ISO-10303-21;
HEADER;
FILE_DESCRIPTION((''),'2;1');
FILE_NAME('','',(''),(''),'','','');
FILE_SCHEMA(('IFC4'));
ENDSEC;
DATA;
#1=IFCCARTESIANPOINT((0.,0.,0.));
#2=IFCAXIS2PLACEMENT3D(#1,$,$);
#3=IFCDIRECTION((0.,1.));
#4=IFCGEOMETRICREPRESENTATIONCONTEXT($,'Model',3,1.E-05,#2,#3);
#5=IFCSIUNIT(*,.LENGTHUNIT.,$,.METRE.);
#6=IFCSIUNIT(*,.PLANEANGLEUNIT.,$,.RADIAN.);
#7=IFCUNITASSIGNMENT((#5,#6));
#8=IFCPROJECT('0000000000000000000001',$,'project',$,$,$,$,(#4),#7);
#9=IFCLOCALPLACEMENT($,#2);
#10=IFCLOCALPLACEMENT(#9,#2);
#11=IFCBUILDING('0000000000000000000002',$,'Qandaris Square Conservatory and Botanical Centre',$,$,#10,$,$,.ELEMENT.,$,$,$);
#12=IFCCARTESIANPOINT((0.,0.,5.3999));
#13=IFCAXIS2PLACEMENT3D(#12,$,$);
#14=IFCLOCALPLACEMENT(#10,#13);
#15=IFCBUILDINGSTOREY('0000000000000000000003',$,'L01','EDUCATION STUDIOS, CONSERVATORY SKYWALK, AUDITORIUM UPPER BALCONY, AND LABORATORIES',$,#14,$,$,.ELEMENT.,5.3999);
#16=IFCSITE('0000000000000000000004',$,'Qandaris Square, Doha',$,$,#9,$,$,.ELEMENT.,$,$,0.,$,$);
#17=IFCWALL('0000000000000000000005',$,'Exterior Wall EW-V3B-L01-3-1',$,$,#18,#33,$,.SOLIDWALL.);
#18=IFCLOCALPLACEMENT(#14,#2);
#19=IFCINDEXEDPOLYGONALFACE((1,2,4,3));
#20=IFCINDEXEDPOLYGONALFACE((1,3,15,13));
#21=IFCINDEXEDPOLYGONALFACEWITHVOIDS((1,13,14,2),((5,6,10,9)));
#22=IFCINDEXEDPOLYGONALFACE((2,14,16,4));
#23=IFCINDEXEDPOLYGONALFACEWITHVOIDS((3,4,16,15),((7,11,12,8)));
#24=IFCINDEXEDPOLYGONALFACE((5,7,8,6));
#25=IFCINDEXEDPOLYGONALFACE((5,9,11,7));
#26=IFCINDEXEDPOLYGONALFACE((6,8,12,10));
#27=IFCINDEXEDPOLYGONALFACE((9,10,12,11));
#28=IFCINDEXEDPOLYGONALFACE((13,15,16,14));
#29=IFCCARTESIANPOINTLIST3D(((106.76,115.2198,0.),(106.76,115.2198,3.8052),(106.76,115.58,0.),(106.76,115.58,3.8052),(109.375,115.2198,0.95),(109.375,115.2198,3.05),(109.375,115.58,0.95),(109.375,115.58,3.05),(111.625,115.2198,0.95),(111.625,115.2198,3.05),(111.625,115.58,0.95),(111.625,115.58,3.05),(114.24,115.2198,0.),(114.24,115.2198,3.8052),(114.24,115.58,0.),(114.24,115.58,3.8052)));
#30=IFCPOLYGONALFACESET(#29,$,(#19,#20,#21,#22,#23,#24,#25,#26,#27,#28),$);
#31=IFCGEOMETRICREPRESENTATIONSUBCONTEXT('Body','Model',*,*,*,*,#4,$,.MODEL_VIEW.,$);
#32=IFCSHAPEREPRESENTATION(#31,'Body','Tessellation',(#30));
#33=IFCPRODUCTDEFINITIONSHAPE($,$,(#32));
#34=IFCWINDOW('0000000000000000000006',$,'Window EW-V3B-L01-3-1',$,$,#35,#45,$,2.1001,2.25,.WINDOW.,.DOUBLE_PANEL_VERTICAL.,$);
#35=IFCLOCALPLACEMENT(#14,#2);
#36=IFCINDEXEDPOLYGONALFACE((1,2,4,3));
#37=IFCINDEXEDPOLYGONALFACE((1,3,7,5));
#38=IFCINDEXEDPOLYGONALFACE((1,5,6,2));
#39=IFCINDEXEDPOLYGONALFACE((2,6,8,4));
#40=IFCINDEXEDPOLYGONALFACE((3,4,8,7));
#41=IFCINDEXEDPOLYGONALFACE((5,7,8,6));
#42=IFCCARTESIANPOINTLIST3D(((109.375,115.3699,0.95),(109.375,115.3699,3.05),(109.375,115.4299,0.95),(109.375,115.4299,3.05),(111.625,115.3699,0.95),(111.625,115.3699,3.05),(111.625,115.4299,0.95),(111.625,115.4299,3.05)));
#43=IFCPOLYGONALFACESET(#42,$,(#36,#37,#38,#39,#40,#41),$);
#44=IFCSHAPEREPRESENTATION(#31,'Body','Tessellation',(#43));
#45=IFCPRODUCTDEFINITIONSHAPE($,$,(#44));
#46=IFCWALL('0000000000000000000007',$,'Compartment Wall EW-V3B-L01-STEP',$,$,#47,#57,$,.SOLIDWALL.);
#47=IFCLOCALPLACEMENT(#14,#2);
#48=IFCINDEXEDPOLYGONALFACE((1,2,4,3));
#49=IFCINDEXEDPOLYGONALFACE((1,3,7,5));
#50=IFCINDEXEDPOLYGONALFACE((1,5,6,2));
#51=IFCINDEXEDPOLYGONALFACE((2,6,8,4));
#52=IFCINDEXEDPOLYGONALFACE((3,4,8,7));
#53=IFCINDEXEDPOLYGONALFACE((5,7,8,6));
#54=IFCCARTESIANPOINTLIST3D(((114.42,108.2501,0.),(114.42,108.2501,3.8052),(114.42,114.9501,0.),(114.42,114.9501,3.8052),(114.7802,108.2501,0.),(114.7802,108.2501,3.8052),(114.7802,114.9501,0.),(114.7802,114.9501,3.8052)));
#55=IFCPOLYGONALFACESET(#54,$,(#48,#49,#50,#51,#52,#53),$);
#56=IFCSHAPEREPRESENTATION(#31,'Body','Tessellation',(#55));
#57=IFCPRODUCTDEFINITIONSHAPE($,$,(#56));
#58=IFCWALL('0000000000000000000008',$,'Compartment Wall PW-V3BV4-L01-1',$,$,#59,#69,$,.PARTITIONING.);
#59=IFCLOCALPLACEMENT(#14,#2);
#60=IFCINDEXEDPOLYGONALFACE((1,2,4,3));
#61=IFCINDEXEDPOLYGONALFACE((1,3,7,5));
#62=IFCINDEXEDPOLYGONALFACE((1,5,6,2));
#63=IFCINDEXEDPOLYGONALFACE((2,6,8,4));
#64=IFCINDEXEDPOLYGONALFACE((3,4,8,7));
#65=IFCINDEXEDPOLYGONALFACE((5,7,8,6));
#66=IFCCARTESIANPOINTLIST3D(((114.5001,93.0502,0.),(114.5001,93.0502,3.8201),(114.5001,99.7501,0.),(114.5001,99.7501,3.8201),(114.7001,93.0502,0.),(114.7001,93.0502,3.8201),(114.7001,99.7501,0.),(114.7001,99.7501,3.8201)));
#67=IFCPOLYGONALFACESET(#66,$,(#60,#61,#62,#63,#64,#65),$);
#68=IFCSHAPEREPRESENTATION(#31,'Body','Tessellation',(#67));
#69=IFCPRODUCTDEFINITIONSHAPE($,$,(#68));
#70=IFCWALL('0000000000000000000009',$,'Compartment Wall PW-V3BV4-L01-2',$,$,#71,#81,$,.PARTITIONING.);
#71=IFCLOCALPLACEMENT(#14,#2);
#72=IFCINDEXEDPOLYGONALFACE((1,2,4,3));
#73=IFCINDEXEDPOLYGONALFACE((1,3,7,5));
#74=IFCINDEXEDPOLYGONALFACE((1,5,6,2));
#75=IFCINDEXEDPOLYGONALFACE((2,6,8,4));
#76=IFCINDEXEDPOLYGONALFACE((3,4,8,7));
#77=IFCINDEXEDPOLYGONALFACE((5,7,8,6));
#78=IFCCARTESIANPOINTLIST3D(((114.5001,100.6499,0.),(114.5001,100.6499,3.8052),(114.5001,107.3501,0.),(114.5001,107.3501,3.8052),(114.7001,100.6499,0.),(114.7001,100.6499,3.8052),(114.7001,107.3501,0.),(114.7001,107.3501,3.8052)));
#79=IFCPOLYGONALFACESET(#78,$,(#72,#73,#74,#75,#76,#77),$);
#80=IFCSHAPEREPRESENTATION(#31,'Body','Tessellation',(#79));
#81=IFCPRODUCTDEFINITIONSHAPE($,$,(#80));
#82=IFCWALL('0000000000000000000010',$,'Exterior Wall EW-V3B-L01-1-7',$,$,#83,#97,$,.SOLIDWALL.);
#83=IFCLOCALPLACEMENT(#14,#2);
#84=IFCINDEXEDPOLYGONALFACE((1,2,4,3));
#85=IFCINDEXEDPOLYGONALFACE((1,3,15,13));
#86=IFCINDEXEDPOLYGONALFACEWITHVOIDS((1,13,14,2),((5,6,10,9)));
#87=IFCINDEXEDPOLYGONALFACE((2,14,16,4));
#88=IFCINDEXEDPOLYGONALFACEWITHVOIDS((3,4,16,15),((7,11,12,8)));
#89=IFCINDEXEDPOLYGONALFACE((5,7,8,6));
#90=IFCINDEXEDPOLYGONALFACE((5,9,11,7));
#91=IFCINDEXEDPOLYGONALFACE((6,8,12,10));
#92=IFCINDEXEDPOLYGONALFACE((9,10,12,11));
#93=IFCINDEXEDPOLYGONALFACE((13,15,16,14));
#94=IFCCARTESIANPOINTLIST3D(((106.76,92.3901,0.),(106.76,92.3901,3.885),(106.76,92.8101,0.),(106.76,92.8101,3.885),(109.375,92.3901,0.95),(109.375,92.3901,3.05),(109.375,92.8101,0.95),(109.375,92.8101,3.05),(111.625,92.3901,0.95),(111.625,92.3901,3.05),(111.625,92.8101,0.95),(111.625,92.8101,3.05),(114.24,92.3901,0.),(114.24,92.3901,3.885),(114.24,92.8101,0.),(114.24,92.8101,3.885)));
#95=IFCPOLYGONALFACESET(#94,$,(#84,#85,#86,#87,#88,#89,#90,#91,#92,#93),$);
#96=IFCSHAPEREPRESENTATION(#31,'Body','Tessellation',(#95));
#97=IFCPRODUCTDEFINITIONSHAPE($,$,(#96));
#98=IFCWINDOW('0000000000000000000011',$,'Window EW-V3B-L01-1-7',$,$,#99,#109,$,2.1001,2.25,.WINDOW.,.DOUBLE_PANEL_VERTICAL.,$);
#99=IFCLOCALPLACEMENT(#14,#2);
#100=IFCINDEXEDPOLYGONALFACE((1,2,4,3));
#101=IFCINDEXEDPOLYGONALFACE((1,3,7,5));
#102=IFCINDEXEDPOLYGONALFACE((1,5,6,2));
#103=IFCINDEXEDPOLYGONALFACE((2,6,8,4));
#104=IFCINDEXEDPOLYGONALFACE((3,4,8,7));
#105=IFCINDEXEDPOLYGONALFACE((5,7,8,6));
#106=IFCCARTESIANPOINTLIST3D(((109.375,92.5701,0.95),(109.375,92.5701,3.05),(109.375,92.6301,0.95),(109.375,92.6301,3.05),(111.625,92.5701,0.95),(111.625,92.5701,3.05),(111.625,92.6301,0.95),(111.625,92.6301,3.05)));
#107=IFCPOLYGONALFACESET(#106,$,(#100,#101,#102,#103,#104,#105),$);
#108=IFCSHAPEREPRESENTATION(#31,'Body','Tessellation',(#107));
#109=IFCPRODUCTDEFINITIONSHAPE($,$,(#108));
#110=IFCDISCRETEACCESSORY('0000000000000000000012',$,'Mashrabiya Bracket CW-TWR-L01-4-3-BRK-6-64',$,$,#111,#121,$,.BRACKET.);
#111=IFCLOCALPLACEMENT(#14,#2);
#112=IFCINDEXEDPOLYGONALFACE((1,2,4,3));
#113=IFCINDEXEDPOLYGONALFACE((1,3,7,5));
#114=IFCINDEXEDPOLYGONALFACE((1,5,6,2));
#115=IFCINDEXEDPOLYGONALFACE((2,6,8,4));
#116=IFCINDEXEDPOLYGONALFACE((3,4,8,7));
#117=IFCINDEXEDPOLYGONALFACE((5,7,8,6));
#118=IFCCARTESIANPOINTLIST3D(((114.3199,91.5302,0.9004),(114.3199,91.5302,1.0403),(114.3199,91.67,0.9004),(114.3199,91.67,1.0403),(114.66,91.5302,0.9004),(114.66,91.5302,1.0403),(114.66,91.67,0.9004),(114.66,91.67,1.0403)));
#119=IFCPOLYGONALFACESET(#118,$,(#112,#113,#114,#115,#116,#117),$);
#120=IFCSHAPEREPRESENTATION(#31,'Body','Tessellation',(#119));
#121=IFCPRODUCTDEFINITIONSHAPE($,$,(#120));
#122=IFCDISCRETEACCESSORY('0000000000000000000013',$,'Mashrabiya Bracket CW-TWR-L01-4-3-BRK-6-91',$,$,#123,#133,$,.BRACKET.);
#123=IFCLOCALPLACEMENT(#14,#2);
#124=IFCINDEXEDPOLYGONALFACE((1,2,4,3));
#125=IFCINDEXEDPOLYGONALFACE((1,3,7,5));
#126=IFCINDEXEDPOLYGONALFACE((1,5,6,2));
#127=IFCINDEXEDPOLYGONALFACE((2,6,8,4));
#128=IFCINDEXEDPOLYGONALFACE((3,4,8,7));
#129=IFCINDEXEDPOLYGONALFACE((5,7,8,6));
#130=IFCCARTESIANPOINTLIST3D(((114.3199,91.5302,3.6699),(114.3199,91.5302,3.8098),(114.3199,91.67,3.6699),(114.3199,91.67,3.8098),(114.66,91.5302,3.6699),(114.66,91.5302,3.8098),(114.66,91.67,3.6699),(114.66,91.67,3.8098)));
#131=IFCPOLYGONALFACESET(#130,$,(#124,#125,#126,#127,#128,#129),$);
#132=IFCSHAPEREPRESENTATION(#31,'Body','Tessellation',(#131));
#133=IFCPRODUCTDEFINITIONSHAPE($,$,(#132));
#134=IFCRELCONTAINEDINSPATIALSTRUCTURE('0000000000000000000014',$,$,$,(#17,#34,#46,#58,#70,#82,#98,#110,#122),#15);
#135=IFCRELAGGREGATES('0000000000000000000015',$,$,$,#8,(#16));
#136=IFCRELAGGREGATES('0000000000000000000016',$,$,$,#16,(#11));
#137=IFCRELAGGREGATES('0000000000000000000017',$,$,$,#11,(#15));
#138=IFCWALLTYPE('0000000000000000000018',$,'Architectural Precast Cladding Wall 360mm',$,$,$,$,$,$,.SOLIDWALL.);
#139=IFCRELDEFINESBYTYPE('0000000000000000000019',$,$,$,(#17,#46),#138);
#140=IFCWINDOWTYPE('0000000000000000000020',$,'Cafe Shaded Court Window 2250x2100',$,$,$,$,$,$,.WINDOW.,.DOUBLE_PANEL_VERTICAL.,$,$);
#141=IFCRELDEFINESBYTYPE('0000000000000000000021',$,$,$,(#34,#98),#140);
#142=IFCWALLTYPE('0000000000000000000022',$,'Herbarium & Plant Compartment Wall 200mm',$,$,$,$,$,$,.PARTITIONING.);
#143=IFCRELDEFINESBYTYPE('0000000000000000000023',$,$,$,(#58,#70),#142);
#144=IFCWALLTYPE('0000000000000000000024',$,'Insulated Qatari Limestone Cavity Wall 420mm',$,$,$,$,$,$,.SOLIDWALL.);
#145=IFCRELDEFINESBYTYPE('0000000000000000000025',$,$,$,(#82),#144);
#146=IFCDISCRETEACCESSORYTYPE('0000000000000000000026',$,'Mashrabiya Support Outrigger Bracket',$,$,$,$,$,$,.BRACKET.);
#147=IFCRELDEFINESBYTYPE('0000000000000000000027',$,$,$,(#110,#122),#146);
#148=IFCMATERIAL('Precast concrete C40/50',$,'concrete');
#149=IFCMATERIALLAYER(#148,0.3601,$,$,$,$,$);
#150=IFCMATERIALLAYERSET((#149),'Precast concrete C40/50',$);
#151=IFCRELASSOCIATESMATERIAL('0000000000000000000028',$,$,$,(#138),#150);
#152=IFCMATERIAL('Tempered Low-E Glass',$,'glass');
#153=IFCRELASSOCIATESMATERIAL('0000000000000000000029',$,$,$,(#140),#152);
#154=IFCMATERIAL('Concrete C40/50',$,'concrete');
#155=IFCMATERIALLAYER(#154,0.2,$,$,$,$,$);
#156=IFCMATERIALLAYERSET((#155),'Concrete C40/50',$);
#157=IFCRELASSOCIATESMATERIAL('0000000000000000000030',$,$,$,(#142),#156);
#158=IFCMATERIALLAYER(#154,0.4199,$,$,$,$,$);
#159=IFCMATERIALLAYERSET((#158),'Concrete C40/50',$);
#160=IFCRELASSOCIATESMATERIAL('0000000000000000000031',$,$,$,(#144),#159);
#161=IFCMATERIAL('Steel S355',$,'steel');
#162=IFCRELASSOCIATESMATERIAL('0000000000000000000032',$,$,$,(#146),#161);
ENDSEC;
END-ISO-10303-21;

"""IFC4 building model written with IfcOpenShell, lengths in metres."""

from ifc_helpers import new_model, si_unit, direction, frame, frame_2d, origin, origin_2d, place, context, subcontext, project, spatial, rectangle, extrude, material, layer, layer_set, type_object, element, fill, save


model = new_model("IFC4")

# Units and contexts
model_context = context("Model", 3, precision=1e-05, world=origin(), true_north=direction((0.0, 1.0)))
body_context = subcontext(model_context, "Body", "Model", "MODEL_VIEW")
ifc_project = project(units=[si_unit("LENGTHUNIT", "METRE"), si_unit("PLANEANGLEUNIT", "RADIAN")], contexts=[model_context])

# Site, building, storey
site_placement = place(None, origin())
site = spatial("IfcSite", under=ifc_project, at=site_placement, Name="Qandaris Square, Doha", CompositionType="ELEMENT", RefElevation=0.0)
building_placement = place(site_placement, origin())
building = spatial("IfcBuilding", under=site, at=building_placement, Name="Qandaris Square Conservatory and Botanical Centre", CompositionType="ELEMENT")
storey_placement = place(building_placement, frame((0.0, 0.0, 5.3999)))
storey = spatial("IfcBuildingStorey", under=building, at=storey_placement, Name="L01", Description="EDUCATION STUDIOS, CONSERVATORY SKYWALK, AUDITORIUM UPPER BALCONY, AND LABORATORIES", CompositionType="ELEMENT", Elevation=5.3999)

# Shared definitions
ifc_material_1 = material(Name="Concrete C40/50", Category="concrete")

# Shared definitions
ifc_material_2 = material(Name="Steel S355", Category="steel")

# Shared definitions
ifc_material_3 = material(Name="Tempered Low-E Glass", Category="glass")

# Wall, opening, window
ifc_material_4 = material(Name="Precast concrete C40/50", Category="concrete")
ifc_layer_1 = layer(ifc_material_4, 0.3601)
ifc_layer_set_1 = layer_set([ifc_layer_1], Name="Precast concrete C40/50")
wall_type_1 = type_object("IfcWallType", Name="Architectural Precast Cladding Wall 360mm", PredefinedType="SOLIDWALL", material=ifc_layer_set_1)
wall_1_placement = place(storey_placement, frame((114.24, 115.3999, 0.0), z_axis=(0.0, 0.0, 1.0), x_axis=(-1.0, 0.0, 0.0)))
wall_1 = element("IfcWall", 1, at=wall_1_placement, inside=storey, type_object=wall_type_1, Name="Exterior Wall EW-V3B-L01-3-1", PredefinedType="SOLIDWALL", context=body_context, shape_type="SweptSolid", body=[
    extrude(rectangle(XDim=7.48, YDim=0.3601, at=frame_2d((3.74, 0.0))), origin(), (0.0, 0.0, 1.0), 3.8052),
])
opening_1_placement = place(wall_1_placement, frame((2.615, 0.0, 0.95)))
opening_1 = element("IfcOpeningElement", 2, at=opening_1_placement, cuts=wall_1, PredefinedType="OPENING", context=body_context, shape_type="SweptSolid", body=[
    extrude(rectangle(XDim=2.25, YDim=2.1001, at=frame_2d((1.125, 1.05))), frame((0.0, 0.1919, 0.0), z_axis=(0.0, -1.0, 0.0), x_axis=(1.0, 0.0, 0.0)), (0.0, 0.0, 1.0), 0.384),
])
window_type = type_object("IfcWindowType", Name="Cafe Shaded Court Window 2250x2100", PartitioningType="DOUBLE_PANEL_VERTICAL", PredefinedType="WINDOW", material=ifc_material_3)
window_1_placement = place(opening_1_placement, origin())
window_1 = element("IfcWindow", 3, at=window_1_placement, inside=storey, type_object=window_type, Name="Window EW-V3B-L01-3-1", OverallHeight=2.1001, OverallWidth=2.25, PartitioningType="DOUBLE_PANEL_VERTICAL", PredefinedType="WINDOW", context=body_context, shape_type="SweptSolid", body=[
    extrude(rectangle(XDim=2.25, YDim=2.1001, at=frame_2d((1.125, 1.05))), frame((0.0, 0.03, 0.0), z_axis=(0.0, -1.0, 0.0), x_axis=(1.0, 0.0, 0.0)), (0.0, 0.0, 1.0), 0.0601),
])
fill(opening_1, window_1)

# Walls
wall_2_placement = place(storey_placement, frame((114.6001, 108.25, 0.0), z_axis=(0.0, 0.0, 1.0), x_axis=(0.0, 1.0, 0.0)))
element("IfcWall", 4, at=wall_2_placement, inside=storey, type_object=wall_type_1, Name="Compartment Wall EW-V3B-L01-STEP", PredefinedType="SOLIDWALL", context=body_context, shape_type="SweptSolid", body=[
    extrude(rectangle(XDim=6.7, YDim=0.3601, at=frame_2d((3.3501, 0.0))), origin(), (0.0, 0.0, 1.0), 3.8052),
])
ifc_layer_2 = layer(ifc_material_1, 0.2)
ifc_layer_set_2 = layer_set([ifc_layer_2], Name="Concrete C40/50")
wall_type_2 = type_object("IfcWallType", Name="Herbarium & Plant Compartment Wall 200mm", PredefinedType="PARTITIONING", material=ifc_layer_set_2)
wall_3_placement = place(storey_placement, frame((114.6001, 93.05, 0.0), z_axis=(0.0, 0.0, 1.0), x_axis=(0.0, 1.0, 0.0)))
element("IfcWall", 5, at=wall_3_placement, inside=storey, type_object=wall_type_2, Name="Compartment Wall PW-V3BV4-L01-1", PredefinedType="PARTITIONING", context=body_context, shape_type="SweptSolid", body=[
    extrude(rectangle(XDim=6.7, YDim=0.2, at=frame_2d((3.3501, 0.0))), origin(), (0.0, 0.0, 1.0), 3.8201),
])
wall_4_placement = place(storey_placement, frame((114.6001, 100.6499, 0.0), z_axis=(0.0, 0.0, 1.0), x_axis=(0.0, 1.0, 0.0)))
element("IfcWall", 6, at=wall_4_placement, inside=storey, type_object=wall_type_2, Name="Compartment Wall PW-V3BV4-L01-2", PredefinedType="PARTITIONING", context=body_context, shape_type="SweptSolid", body=[
    extrude(rectangle(XDim=6.7002, YDim=0.2, at=frame_2d((3.3501, 0.0))), origin(), (0.0, 0.0, 1.0), 3.8052),
])

# Wall, opening, window
ifc_layer_3 = layer(ifc_material_1, 0.4199)
ifc_layer_set_3 = layer_set([ifc_layer_3], Name="Concrete C40/50")
wall_type_3 = type_object("IfcWallType", Name="Insulated Qatari Limestone Cavity Wall 420mm", PredefinedType="SOLIDWALL", material=ifc_layer_set_3)
wall_5_placement = place(storey_placement, frame((106.76, 92.6001, 0.0), z_axis=(0.0, 0.0, 1.0), x_axis=(1.0, 0.0, 0.0)))
wall_5 = element("IfcWall", 7, at=wall_5_placement, inside=storey, type_object=wall_type_3, Name="Exterior Wall EW-V3B-L01-1-7", PredefinedType="SOLIDWALL", context=body_context, shape_type="SweptSolid", body=[
    extrude(rectangle(XDim=7.48, YDim=0.4199, at=frame_2d((3.74, 0.0))), origin(), (0.0, 0.0, 1.0), 3.885),
])
opening_2_placement = place(wall_5_placement, frame((2.615, 0.0, 0.95)))
opening_2 = element("IfcOpeningElement", 8, at=opening_2_placement, cuts=wall_5, PredefinedType="OPENING", context=body_context, shape_type="SweptSolid", body=[
    extrude(rectangle(XDim=2.25, YDim=2.1001, at=frame_2d((1.125, 1.05))), frame((0.0, 0.2219, 0.0), z_axis=(0.0, -1.0, 0.0), x_axis=(1.0, 0.0, 0.0)), (0.0, 0.0, 1.0), 0.4438),
])
window_2_placement = place(opening_2_placement, origin())
window_2 = element("IfcWindow", 9, at=window_2_placement, inside=storey, type_object=window_type, Name="Window EW-V3B-L01-1-7", OverallHeight=2.1001, OverallWidth=2.25, PartitioningType="DOUBLE_PANEL_VERTICAL", PredefinedType="WINDOW", context=body_context, shape_type="SweptSolid", body=[
    extrude(rectangle(XDim=2.25, YDim=2.1001, at=frame_2d((1.125, 1.05))), frame((0.0, 0.03, 0.0), z_axis=(0.0, -1.0, 0.0), x_axis=(1.0, 0.0, 0.0)), (0.0, 0.0, 1.0), 0.0601),
])
fill(opening_2, window_2)

# Discrete accessories
discrete_accessory_type = type_object("IfcDiscreteAccessoryType", Name="Mashrabiya Support Outrigger Bracket", PredefinedType="BRACKET", material=ifc_material_2)
for number, where, z_axis, x_axis, name in (
    (10, (114.49, 91.6001, 0.9004), (0.0, 0.0, 1.0), (0.0, -1.0, 0.0), "Mashrabiya Bracket CW-TWR-L01-4-3-BRK-6-64"),
    (11, (114.49, 91.6001, 3.6699), (0.0, 0.0, 1.0), (0.0, -1.0, 0.0), "Mashrabiya Bracket CW-TWR-L01-4-3-BRK-6-91"),
):
    element("IfcDiscreteAccessory", number, at=place(storey_placement, frame(where, z_axis=z_axis, x_axis=x_axis)), inside=storey, type_object=discrete_accessory_type, Name=name, PredefinedType="BRACKET", context=body_context, shape_type="SweptSolid", body=[
        extrude(rectangle(XDim=0.1399, YDim=0.3401, at=origin_2d()), origin(), (0.0, 0.0, 1.0), 0.1399),
    ])

save(model, "model.ifc")
